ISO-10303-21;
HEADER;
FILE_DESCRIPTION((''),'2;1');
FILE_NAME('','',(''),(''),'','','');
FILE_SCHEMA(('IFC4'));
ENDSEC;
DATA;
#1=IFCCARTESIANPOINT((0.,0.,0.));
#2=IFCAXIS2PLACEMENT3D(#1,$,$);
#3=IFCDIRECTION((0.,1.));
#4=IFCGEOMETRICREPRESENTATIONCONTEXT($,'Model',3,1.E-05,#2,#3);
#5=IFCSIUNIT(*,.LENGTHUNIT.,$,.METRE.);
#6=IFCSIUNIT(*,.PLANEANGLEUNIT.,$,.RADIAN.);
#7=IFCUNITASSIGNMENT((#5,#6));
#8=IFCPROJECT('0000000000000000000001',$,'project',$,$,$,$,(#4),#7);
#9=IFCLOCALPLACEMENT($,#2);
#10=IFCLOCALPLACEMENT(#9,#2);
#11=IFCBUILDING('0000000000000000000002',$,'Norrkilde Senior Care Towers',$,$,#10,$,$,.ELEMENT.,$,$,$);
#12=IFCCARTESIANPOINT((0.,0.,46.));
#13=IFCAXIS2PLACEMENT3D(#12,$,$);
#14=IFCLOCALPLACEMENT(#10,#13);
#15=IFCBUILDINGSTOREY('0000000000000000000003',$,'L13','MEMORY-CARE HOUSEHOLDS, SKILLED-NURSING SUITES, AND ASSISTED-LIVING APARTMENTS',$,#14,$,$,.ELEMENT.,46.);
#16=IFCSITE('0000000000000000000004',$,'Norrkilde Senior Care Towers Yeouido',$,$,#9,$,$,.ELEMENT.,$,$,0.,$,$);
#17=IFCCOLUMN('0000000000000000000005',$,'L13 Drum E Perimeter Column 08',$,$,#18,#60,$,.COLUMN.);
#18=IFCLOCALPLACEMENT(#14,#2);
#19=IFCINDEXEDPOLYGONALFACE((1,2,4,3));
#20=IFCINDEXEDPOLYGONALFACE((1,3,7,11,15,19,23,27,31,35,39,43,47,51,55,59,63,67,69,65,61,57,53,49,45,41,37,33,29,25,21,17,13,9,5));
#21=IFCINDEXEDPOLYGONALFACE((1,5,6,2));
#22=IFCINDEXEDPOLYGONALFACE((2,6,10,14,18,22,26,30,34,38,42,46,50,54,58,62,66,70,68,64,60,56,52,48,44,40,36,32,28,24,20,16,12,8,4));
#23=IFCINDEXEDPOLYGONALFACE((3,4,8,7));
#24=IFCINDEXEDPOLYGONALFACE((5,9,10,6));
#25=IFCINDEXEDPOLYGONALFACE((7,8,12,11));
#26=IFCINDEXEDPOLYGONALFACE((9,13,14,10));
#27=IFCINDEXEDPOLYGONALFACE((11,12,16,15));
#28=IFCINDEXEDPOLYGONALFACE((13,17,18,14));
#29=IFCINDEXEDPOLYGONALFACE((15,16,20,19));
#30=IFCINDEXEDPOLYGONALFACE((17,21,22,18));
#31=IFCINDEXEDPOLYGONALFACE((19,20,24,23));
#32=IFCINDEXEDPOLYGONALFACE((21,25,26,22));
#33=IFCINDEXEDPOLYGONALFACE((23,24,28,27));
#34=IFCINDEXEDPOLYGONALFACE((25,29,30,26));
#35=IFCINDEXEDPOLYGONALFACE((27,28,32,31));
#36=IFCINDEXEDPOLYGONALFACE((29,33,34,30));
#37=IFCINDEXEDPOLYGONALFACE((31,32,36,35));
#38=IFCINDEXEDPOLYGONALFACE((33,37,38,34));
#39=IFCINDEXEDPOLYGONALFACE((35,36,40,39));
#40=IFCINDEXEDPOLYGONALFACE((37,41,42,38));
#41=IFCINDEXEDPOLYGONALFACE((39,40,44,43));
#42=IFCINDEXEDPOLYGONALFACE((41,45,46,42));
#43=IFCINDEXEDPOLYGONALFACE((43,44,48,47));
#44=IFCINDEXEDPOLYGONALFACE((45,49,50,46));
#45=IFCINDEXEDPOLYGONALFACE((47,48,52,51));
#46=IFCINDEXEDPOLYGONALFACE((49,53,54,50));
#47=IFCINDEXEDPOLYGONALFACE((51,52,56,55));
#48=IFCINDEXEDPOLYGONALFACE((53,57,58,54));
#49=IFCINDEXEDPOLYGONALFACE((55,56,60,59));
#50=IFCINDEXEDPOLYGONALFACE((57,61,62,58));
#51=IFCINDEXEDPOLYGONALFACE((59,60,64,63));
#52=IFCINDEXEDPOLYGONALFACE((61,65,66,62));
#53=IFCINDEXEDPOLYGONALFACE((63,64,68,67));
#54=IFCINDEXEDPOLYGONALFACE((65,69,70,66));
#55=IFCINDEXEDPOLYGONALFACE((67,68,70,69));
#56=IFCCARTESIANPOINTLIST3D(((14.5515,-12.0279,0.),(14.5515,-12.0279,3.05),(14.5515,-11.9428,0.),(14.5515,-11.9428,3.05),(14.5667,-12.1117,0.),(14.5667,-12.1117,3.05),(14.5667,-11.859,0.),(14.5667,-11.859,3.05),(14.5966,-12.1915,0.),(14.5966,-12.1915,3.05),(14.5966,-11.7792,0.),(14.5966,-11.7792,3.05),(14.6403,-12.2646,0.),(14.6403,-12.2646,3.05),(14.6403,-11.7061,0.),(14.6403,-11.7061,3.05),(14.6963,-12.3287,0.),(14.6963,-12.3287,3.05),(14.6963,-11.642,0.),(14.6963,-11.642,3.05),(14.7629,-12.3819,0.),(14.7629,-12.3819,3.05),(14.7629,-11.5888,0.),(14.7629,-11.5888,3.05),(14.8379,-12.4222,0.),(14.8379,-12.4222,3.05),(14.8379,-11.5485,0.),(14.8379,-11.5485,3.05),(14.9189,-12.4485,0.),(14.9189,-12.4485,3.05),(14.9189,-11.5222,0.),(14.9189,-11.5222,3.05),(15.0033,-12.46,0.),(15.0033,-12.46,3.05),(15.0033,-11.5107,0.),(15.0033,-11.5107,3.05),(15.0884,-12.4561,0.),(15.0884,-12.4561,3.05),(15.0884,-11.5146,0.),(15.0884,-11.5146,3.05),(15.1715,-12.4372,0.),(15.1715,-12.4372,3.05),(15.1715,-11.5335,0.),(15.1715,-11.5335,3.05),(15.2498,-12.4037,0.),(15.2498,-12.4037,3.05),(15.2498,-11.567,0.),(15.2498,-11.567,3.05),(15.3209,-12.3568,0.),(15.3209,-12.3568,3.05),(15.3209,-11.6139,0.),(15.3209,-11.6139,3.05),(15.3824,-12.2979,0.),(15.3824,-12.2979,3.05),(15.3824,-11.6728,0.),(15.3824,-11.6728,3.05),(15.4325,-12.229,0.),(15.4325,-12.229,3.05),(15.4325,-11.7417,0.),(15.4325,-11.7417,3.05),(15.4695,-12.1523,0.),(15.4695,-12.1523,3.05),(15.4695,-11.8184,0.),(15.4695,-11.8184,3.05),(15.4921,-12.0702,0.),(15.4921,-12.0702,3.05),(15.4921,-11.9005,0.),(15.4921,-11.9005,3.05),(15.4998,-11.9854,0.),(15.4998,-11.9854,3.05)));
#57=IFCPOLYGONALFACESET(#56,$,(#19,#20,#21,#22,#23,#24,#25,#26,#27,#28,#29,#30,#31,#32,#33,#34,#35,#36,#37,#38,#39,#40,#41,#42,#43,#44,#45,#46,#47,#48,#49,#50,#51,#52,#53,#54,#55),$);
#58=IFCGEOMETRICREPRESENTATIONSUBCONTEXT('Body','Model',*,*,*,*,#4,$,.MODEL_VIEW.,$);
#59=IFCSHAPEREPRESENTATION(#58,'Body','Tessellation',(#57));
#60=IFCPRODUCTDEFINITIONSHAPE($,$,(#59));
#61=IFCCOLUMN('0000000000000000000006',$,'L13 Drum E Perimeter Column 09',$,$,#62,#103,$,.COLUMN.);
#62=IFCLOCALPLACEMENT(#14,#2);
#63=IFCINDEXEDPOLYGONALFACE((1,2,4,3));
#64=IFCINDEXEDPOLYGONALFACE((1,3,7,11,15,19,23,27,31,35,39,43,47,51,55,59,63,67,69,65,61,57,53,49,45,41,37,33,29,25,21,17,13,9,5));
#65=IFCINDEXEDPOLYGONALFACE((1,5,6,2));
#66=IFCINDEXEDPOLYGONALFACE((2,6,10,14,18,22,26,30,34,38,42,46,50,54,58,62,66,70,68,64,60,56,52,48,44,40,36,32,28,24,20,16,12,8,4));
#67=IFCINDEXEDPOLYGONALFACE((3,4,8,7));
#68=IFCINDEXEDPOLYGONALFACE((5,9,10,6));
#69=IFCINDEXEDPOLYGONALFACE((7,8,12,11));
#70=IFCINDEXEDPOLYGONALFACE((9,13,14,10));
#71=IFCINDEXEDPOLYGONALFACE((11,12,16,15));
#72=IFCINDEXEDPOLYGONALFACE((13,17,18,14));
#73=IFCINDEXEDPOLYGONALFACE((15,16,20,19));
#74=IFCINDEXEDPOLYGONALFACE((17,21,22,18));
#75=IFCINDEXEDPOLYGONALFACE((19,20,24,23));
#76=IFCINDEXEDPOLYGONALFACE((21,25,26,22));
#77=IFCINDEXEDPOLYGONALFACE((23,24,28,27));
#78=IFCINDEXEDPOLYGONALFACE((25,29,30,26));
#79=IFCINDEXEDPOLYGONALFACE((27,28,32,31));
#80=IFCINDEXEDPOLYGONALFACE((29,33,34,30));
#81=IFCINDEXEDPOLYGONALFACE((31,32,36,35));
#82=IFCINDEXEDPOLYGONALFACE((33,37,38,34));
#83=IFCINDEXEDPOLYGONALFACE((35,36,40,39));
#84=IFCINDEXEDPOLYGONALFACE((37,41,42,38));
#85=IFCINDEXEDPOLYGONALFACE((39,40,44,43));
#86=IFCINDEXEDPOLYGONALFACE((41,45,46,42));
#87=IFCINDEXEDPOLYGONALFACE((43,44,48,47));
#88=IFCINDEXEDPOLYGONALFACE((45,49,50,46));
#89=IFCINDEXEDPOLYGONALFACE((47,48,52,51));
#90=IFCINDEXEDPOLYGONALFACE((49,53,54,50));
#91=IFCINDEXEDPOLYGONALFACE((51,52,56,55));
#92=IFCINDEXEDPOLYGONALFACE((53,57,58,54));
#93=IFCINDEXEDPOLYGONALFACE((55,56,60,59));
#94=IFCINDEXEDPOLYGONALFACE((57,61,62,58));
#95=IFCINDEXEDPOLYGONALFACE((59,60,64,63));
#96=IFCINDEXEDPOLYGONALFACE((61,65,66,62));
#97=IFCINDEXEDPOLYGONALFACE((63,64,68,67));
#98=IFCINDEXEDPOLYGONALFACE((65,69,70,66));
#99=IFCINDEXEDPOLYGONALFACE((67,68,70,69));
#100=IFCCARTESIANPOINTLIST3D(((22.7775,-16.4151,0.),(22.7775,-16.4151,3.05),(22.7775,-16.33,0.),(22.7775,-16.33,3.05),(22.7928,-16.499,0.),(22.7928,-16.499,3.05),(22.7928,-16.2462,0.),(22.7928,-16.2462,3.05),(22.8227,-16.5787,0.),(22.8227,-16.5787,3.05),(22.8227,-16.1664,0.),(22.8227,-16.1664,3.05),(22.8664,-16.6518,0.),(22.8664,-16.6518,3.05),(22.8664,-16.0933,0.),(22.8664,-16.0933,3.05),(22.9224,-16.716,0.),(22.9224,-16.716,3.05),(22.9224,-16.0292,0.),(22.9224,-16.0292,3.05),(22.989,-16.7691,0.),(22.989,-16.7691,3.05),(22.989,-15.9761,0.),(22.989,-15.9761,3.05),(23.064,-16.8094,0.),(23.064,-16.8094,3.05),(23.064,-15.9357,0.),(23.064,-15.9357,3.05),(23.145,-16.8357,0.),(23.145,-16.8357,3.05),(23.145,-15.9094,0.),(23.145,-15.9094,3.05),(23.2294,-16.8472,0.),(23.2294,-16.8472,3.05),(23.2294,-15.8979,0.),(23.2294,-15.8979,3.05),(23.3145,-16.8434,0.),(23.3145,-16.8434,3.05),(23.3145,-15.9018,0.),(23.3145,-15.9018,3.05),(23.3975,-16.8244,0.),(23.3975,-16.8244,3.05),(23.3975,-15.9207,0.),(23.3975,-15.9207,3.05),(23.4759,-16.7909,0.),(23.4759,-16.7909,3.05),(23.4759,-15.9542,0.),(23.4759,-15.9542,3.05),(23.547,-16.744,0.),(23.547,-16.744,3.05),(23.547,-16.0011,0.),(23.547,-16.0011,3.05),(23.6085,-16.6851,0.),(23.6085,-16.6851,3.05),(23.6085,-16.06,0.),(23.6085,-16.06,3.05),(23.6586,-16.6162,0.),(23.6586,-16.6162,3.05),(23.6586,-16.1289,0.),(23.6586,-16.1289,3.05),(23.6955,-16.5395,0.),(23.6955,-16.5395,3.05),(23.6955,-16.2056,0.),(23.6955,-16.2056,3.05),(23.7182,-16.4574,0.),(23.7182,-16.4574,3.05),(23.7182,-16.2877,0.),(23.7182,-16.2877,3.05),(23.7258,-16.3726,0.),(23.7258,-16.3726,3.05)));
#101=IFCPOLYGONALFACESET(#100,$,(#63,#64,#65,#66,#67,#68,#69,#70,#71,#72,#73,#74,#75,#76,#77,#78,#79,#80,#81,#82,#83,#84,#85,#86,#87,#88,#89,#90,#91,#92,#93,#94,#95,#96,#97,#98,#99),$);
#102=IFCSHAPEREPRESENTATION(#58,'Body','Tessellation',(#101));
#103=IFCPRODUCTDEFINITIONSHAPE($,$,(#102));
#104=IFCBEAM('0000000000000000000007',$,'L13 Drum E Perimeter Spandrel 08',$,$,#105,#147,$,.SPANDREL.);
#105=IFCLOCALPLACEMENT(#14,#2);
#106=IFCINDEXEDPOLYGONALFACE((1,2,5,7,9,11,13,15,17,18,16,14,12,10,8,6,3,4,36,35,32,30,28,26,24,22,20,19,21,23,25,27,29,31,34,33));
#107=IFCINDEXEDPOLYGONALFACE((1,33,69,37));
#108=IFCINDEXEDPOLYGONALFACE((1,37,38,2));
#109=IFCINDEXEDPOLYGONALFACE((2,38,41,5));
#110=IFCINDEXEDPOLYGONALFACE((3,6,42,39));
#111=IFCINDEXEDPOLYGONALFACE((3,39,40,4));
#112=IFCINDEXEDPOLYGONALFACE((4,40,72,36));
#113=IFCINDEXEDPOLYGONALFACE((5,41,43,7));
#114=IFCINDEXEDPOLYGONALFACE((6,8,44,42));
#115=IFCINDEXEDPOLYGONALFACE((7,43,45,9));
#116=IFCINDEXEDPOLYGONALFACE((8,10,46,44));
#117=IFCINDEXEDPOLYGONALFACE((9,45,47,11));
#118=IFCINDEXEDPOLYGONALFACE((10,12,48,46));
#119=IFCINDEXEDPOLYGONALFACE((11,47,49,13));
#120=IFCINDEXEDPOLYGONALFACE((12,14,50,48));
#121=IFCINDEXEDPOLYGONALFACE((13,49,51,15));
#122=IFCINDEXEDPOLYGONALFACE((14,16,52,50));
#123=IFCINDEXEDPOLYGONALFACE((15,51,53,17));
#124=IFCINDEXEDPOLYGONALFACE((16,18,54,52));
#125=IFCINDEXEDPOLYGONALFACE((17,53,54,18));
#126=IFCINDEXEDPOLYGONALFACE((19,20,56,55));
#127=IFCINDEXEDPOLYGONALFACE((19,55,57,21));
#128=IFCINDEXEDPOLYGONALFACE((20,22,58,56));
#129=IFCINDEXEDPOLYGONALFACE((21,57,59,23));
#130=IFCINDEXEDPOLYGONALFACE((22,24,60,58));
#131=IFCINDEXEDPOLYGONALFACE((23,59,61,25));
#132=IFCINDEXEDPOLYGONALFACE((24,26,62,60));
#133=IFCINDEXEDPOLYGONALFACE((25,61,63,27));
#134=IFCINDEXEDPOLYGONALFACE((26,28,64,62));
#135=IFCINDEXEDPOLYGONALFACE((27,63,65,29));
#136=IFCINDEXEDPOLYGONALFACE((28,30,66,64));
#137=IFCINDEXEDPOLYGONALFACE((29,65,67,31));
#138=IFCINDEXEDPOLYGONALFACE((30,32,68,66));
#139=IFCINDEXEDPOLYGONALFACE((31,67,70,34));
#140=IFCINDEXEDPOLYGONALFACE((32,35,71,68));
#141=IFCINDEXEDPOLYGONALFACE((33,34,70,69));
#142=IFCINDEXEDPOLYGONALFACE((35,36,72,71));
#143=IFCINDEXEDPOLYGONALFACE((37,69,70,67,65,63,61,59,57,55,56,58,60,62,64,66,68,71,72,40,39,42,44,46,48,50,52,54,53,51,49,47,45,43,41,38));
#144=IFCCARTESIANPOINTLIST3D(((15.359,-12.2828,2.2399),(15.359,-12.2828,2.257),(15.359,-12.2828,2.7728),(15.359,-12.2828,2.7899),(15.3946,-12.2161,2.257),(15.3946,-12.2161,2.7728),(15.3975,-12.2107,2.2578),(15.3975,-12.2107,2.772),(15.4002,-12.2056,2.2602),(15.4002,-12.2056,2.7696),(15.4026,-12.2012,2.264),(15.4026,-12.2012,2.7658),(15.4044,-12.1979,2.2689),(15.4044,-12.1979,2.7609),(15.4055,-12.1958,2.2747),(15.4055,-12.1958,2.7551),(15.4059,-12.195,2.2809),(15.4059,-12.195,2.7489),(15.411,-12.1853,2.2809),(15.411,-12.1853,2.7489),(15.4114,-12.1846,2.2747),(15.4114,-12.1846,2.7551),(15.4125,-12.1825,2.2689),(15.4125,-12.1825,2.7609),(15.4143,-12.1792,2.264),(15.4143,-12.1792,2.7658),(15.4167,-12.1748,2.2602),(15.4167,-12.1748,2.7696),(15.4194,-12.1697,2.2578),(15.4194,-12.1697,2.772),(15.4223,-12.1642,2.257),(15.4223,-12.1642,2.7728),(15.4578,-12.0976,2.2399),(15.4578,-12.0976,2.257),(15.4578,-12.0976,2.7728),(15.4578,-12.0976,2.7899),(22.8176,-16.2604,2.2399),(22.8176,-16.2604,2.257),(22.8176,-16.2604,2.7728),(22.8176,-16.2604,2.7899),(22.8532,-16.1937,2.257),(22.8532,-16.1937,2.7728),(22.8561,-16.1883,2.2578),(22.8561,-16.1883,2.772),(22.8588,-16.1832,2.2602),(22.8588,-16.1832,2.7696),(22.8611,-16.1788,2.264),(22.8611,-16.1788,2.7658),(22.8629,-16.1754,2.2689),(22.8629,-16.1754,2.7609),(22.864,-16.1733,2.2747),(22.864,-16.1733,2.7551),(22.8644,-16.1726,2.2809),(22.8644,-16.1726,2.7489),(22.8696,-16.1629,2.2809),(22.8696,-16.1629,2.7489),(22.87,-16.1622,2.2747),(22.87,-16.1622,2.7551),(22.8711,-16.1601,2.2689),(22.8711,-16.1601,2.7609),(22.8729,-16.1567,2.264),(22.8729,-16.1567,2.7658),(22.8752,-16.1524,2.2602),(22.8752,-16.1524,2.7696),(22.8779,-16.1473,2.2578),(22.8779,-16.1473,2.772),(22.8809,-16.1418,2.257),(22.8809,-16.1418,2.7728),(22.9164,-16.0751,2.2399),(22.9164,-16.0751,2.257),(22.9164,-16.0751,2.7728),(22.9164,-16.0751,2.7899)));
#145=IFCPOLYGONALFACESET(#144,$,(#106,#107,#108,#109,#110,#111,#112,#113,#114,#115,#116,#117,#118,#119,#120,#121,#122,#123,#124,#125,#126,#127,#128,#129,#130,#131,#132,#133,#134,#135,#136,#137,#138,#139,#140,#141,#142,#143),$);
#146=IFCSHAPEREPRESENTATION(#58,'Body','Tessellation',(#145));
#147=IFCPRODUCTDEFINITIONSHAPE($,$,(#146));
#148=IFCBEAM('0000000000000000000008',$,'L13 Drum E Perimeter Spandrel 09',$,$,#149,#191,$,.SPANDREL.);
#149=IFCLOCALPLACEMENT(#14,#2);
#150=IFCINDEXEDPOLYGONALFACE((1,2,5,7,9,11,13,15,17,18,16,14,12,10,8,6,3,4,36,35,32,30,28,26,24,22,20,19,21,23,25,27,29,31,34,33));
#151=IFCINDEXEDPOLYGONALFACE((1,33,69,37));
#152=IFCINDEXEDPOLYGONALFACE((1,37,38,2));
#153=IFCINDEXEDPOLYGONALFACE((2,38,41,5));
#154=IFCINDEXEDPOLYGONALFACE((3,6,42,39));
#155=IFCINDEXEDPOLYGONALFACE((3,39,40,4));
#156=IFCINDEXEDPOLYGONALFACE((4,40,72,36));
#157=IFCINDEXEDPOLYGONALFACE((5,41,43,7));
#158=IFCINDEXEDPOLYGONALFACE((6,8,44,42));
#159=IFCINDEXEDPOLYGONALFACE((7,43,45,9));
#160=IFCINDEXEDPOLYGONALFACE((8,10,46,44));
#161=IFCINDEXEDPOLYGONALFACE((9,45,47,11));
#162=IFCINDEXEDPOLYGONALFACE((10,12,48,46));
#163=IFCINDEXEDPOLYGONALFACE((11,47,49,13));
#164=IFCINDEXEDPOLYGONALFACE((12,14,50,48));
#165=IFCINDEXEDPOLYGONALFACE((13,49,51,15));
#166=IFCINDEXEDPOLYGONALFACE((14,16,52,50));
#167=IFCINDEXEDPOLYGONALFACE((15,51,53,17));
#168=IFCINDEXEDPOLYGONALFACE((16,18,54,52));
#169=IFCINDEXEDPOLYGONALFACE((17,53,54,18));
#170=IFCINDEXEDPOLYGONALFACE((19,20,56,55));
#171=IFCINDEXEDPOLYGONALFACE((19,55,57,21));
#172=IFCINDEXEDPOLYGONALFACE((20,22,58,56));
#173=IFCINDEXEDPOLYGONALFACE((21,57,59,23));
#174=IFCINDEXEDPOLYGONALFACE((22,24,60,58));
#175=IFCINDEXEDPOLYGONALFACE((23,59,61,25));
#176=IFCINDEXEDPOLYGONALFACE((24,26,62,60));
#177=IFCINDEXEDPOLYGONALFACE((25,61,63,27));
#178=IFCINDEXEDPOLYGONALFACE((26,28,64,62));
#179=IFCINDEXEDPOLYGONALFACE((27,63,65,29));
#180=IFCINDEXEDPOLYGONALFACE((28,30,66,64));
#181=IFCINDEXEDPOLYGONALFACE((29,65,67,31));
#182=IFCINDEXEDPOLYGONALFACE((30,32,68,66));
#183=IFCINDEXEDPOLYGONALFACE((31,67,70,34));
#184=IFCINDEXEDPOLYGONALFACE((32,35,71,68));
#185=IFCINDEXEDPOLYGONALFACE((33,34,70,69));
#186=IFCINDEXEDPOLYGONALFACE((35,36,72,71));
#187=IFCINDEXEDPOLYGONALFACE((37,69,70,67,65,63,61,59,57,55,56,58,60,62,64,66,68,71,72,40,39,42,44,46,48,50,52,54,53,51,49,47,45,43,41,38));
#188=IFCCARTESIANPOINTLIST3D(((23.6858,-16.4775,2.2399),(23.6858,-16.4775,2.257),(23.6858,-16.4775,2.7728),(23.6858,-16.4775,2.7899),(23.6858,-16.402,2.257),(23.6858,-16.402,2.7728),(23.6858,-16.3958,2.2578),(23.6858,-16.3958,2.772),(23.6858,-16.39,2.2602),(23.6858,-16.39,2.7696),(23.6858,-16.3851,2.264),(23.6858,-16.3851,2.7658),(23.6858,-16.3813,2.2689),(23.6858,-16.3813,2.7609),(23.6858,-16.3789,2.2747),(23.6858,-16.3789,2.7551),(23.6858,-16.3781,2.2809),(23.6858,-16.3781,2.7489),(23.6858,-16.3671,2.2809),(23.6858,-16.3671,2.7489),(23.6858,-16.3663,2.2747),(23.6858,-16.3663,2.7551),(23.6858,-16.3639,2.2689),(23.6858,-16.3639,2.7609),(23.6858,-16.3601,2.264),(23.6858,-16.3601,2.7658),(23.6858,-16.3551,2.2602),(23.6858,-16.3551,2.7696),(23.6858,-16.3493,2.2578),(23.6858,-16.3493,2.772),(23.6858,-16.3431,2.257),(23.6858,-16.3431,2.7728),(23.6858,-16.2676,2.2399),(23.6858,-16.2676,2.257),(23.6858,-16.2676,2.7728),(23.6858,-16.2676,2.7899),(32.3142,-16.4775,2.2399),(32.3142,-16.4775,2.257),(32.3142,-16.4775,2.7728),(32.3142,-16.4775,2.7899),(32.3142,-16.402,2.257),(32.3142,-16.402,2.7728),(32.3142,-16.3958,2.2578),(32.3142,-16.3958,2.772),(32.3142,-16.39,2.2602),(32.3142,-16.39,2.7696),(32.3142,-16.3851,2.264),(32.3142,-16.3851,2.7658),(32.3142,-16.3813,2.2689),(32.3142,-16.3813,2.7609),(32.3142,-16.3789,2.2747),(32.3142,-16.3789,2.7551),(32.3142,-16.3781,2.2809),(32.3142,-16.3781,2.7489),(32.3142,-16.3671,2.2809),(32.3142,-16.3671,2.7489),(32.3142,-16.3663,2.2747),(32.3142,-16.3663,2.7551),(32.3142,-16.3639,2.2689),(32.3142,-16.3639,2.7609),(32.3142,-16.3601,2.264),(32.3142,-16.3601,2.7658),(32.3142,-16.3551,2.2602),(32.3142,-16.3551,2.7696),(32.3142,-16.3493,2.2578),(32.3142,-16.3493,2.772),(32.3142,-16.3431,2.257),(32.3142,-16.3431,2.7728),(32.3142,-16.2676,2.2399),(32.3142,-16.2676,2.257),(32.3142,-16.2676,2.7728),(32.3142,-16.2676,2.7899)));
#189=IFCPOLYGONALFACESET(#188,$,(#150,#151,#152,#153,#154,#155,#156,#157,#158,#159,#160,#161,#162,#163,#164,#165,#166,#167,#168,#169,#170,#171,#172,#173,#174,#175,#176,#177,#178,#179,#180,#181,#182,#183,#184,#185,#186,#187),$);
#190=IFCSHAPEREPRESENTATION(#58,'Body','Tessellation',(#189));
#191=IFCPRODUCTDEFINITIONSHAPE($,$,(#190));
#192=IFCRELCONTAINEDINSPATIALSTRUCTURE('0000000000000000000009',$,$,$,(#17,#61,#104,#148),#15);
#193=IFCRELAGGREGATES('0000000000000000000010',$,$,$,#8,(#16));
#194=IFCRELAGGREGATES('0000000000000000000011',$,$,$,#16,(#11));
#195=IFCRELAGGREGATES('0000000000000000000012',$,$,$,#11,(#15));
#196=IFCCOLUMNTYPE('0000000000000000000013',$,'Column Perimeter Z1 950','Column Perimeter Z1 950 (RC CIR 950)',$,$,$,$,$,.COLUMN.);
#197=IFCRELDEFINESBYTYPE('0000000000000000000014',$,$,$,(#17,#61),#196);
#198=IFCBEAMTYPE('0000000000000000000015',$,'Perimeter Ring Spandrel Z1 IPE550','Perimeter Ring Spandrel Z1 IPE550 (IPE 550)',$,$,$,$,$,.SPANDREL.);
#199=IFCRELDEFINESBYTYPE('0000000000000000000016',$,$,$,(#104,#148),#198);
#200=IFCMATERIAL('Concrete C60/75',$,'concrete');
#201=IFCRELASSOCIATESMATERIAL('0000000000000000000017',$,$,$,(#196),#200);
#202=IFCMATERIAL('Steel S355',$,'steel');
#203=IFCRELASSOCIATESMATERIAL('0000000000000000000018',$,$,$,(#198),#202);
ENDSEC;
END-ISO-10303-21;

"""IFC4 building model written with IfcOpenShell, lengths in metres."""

from ifc_helpers import new_model, si_unit, direction, frame, origin, origin_2d, place, context, subcontext, project, spatial, circle, i_section, extrude, source, transform, mapped, material, material_profile, profile_set, type_object, type_shapes, element, save


model = new_model("IFC4")

# Units and contexts
model_context = context("Model", 3, precision=1e-05, world=origin(), true_north=direction((0.0, 1.0)))
body_context = subcontext(model_context, "Body", "Model", "MODEL_VIEW")
ifc_project = project(units=[si_unit("LENGTHUNIT", "METRE"), si_unit("PLANEANGLEUNIT", "RADIAN")], contexts=[model_context])

# Site, building, storey
site_placement = place(None, origin())
site = spatial("IfcSite", under=ifc_project, at=site_placement, Name="Norrkilde Senior Care Towers Yeouido", CompositionType="ELEMENT", RefElevation=0.0)
building_placement = place(site_placement, origin())
building = spatial("IfcBuilding", under=site, at=building_placement, Name="Norrkilde Senior Care Towers", CompositionType="ELEMENT")
storey_placement = place(building_placement, frame((0.0, 0.0, 46.0)))
storey = spatial("IfcBuildingStorey", under=building, at=storey_placement, Name="L13", Description="MEMORY-CARE HOUSEHOLDS, SKILLED-NURSING SUITES, AND ASSISTED-LIVING APARTMENTS", CompositionType="ELEMENT", Elevation=46.0)

# Columns
ifc_material_1 = material(Name="Concrete C60/75", Category="concrete")
ifc_material_profile_1 = material_profile(ifc_material_1, circle(Radius=0.4751, at=origin_2d()), Name="RC CIR 950")
ifc_profile_set_1 = profile_set([ifc_material_profile_1], Name="Concrete C60/75")
column_type = type_object("IfcColumnType", Name="Column Perimeter Z1 950", Description="Column Perimeter Z1 950 (RC CIR 950)", PredefinedType="COLUMN", material=ifc_profile_set_1)
shared_shape_1 = source(origin(), body_context, "Body", "SweptSolid", [
    extrude(circle(Radius=0.4751, at=origin_2d()), origin(), (0.0, 0.0, 1.0), 3.05),
])
type_shapes(column_type, [shared_shape_1])
for number, where, z_axis, x_axis, name in (
    (1, (15.0247, -11.9854, 0.0), (0.0, 0.0, 1.0), (1.0, 0.0, 0.0), "L13 Drum E Perimeter Column 08"),
    (2, (23.2507, -16.3726, 0.0), (0.0, 0.0, 1.0), (1.0, 0.0, 0.0), "L13 Drum E Perimeter Column 09"),
):
    element("IfcColumn", number, at=place(storey_placement, frame(where, z_axis=z_axis, x_axis=x_axis)), inside=storey, type_object=column_type, Name=name, PredefinedType="COLUMN", context=body_context, shape_type="MappedRepresentation", body=[
        mapped(shared_shape_1, transform((0.0, 0.0, 0.0), x_axis=(1.0, 0.0, 0.0), y_axis=(0.0, 1.0, 0.0), z_axis=(0.0, 0.0, 1.0), scale=1.0)),
    ])

# Beams
ifc_material_2 = material(Name="Steel S355", Category="steel")
ifc_material_profile_2 = material_profile(ifc_material_2, i_section(OverallWidth=0.21, OverallDepth=0.55, WebThickness=0.011, FlangeThickness=0.0171, FilletRadius=0.0239, at=origin_2d()), Name="IPE 550")
ifc_profile_set_2 = profile_set([ifc_material_profile_2], Name="Steel S355")
beam_type = type_object("IfcBeamType", Name="Perimeter Ring Spandrel Z1 IPE550", Description="Perimeter Ring Spandrel Z1 IPE550 (IPE 550)", PredefinedType="SPANDREL", material=ifc_profile_set_2)
shared_shape_2 = source(origin(), body_context, "Body", "SweptSolid", [
    extrude(i_section(OverallWidth=0.21, OverallDepth=0.55, WebThickness=0.011, FlangeThickness=0.0171, FilletRadius=0.0239, at=origin_2d()), origin(), (0.0, 0.0, 1.0), 8.4529),
])
beam_1_placement = place(storey_placement, frame((15.4084, -12.1902, 2.5149), z_axis=(0.882369, -0.470558, 0.0), x_axis=(0.470558, 0.882369, 0.0)))
element("IfcBeam", 3, at=beam_1_placement, inside=storey, type_object=beam_type, Name="L13 Drum E Perimeter Spandrel 08", PredefinedType="SPANDREL", context=body_context, shape_type="MappedRepresentation", body=[
    mapped(shared_shape_2, transform((0.0, 0.0, 0.0), x_axis=(1.0, 0.0, 0.0), y_axis=(0.0, 1.0, 0.0), z_axis=(0.0, 0.0, 1.0), scale=1.0)),
])
shared_shape_3 = source(origin(), body_context, "Body", "SweptSolid", [
    extrude(i_section(OverallWidth=0.21, OverallDepth=0.55, WebThickness=0.011, FlangeThickness=0.0171, FilletRadius=0.0239, at=origin_2d()), origin(), (0.0, 0.0, 1.0), 8.6284),
])
type_shapes(beam_type, [shared_shape_2, shared_shape_3])
beam_2_placement = place(storey_placement, frame((23.6858, -16.3726, 2.5149), z_axis=(1.0, 0.0, 0.0), x_axis=(0.0, 1.0, 0.0)))
element("IfcBeam", 4, at=beam_2_placement, inside=storey, type_object=beam_type, Name="L13 Drum E Perimeter Spandrel 09", PredefinedType="SPANDREL", context=body_context, shape_type="MappedRepresentation", body=[
    mapped(shared_shape_3, transform((0.0, 0.0, 0.0), x_axis=(1.0, 0.0, 0.0), y_axis=(0.0, 1.0, 0.0), z_axis=(0.0, 0.0, 1.0), scale=1.0)),
])

save(model, "model.ifc")
